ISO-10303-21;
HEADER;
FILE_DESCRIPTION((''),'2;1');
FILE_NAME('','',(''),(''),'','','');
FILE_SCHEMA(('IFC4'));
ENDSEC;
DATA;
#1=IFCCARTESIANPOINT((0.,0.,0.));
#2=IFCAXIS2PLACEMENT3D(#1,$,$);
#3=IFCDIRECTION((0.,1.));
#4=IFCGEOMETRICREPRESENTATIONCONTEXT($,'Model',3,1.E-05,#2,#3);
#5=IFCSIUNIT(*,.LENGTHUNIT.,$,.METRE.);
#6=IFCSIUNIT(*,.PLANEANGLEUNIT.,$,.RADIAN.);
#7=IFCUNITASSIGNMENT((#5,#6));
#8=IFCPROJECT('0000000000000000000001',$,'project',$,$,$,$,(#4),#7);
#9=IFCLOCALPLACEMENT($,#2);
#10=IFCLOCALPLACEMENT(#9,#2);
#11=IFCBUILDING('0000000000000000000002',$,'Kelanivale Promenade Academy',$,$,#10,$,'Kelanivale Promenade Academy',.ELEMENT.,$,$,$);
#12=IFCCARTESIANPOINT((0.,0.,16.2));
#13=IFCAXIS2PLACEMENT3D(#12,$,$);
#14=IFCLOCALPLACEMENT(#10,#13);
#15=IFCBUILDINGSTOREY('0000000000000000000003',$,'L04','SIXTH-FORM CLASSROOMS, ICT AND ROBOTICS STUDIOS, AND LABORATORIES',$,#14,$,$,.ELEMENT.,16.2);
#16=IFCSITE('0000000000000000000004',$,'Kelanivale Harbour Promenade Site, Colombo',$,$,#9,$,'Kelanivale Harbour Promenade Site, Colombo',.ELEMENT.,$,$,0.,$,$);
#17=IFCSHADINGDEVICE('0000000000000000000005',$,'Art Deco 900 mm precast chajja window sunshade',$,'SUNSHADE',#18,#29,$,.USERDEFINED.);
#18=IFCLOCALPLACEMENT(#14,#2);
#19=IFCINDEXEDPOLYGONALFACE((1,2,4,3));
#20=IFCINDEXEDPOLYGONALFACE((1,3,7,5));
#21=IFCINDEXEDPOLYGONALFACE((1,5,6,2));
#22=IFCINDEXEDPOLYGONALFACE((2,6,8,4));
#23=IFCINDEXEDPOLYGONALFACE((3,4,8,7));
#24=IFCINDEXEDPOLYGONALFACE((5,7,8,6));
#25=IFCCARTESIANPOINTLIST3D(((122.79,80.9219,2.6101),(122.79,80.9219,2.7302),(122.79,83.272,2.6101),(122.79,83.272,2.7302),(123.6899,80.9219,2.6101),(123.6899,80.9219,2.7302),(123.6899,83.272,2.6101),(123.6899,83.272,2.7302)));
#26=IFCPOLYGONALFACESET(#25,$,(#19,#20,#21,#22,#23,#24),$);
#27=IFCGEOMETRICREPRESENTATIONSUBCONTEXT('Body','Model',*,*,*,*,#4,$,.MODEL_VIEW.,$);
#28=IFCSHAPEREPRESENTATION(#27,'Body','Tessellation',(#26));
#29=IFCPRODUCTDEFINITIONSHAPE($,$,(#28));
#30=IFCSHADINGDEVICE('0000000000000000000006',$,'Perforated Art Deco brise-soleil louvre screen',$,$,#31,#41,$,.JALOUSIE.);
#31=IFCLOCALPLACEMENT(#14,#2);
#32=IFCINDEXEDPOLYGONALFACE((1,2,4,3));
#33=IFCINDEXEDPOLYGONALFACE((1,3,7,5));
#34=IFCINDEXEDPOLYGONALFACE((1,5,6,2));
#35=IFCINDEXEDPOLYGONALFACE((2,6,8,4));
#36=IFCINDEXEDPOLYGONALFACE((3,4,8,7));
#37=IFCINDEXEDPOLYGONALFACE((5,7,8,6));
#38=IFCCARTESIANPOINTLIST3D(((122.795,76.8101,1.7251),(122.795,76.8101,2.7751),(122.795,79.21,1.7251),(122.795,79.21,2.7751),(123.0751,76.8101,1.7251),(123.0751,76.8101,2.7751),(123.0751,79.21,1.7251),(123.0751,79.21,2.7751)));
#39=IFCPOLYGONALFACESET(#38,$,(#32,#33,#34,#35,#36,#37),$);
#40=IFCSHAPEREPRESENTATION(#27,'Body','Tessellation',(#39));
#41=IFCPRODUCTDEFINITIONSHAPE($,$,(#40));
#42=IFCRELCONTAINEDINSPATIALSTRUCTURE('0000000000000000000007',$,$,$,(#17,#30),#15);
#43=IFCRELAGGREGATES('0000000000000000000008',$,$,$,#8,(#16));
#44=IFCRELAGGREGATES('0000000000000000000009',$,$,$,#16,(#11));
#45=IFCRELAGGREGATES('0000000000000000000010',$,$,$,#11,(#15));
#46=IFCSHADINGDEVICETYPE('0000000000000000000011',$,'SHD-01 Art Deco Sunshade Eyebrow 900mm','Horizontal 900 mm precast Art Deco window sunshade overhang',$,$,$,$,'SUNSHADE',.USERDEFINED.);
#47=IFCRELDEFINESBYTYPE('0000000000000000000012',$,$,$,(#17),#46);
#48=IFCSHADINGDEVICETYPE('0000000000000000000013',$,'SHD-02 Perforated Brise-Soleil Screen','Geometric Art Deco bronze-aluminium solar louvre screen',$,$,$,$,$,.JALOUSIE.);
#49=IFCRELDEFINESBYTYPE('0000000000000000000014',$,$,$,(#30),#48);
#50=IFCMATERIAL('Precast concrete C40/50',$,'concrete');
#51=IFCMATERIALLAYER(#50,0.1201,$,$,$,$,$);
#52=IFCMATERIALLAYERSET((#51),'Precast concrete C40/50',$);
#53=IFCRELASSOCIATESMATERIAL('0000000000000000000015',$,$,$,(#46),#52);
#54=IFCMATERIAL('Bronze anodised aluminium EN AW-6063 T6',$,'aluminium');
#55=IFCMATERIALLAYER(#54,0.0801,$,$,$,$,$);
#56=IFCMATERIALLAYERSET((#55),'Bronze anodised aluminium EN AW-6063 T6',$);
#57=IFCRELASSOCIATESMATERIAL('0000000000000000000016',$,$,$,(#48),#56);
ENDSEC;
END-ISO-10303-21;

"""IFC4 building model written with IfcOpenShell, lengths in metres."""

from ifc_helpers import new_model, si_unit, direction, frame, origin, origin_2d, place, context, subcontext, project, spatial, rectangle, extrude, material, layer, layer_set, type_object, element, save


model = new_model("IFC4")

# Units and contexts
model_context = context("Model", 3, precision=1e-05, world=origin(), true_north=direction((0.0, 1.0)))
body_context = subcontext(model_context, "Body", "Model", "MODEL_VIEW")
ifc_project = project(units=[si_unit("LENGTHUNIT", "METRE"), si_unit("PLANEANGLEUNIT", "RADIAN")], contexts=[model_context])

# Site, building, storey
site_placement = place(None, origin())
site = spatial("IfcSite", under=ifc_project, at=site_placement, Name="Kelanivale Harbour Promenade Site, Colombo", LongName="Kelanivale Harbour Promenade Site, Colombo", CompositionType="ELEMENT", RefElevation=0.0)
building_placement = place(site_placement, origin())
building = spatial("IfcBuilding", under=site, at=building_placement, Name="Kelanivale Promenade Academy", LongName="Kelanivale Promenade Academy", CompositionType="ELEMENT")
storey_placement = place(building_placement, frame((0.0, 0.0, 16.2)))
storey = spatial("IfcBuildingStorey", under=building, at=storey_placement, Name="L04", Description="SIXTH-FORM CLASSROOMS, ICT AND ROBOTICS STUDIOS, AND LABORATORIES", CompositionType="ELEMENT", Elevation=16.2)

# Shading devices
ifc_material_1 = material(Name="Precast concrete C40/50", Category="concrete")
ifc_layer_1 = layer(ifc_material_1, 0.1201)
ifc_layer_set_1 = layer_set([ifc_layer_1], Name="Precast concrete C40/50")
shading_device_type_1 = type_object("IfcShadingDeviceType", Name="SHD-01 Art Deco Sunshade Eyebrow 900mm", Description="Horizontal 900 mm precast Art Deco window sunshade overhang", ElementType="SUNSHADE", PredefinedType="USERDEFINED", material=ifc_layer_set_1)
shading_device_1_placement = place(storey_placement, frame((123.24, 82.0969, 2.6101), z_axis=(0.0, 0.0, 1.0), x_axis=(0.0, 1.0, 0.0)))
element("IfcShadingDevice", 1, at=shading_device_1_placement, inside=storey, type_object=shading_device_type_1, Name="Art Deco 900 mm precast chajja window sunshade", ObjectType="SUNSHADE", PredefinedType="USERDEFINED", context=body_context, shape_type="SweptSolid", body=[
    extrude(rectangle(XDim=2.3501, YDim=0.8999, at=origin_2d()), origin(), (0.0, 0.0, 1.0), 0.1201),
])
ifc_material_2 = material(Name="Bronze anodised aluminium EN AW-6063 T6", Category="aluminium")
ifc_layer_2 = layer(ifc_material_2, 0.0801)
ifc_layer_set_2 = layer_set([ifc_layer_2], Name="Bronze anodised aluminium EN AW-6063 T6")
shading_device_type_2 = type_object("IfcShadingDeviceType", Name="SHD-02 Perforated Brise-Soleil Screen", Description="Geometric Art Deco bronze-aluminium solar louvre screen", PredefinedType="JALOUSIE", material=ifc_layer_set_2)
shading_device_2_placement = place(storey_placement, frame((122.9351, 78.01, 1.7251), z_axis=(0.0, 0.0, 1.0), x_axis=(0.0, 1.0, 0.0)))
element("IfcShadingDevice", 2, at=shading_device_2_placement, inside=storey, type_object=shading_device_type_2, Name="Perforated Art Deco brise-soleil louvre screen", PredefinedType="JALOUSIE", context=body_context, shape_type="SweptSolid", body=[
    extrude(rectangle(XDim=2.3999, YDim=0.28, at=origin_2d()), origin(), (0.0, 0.0, 1.0), 1.05),
])

save(model, "model.ifc")
